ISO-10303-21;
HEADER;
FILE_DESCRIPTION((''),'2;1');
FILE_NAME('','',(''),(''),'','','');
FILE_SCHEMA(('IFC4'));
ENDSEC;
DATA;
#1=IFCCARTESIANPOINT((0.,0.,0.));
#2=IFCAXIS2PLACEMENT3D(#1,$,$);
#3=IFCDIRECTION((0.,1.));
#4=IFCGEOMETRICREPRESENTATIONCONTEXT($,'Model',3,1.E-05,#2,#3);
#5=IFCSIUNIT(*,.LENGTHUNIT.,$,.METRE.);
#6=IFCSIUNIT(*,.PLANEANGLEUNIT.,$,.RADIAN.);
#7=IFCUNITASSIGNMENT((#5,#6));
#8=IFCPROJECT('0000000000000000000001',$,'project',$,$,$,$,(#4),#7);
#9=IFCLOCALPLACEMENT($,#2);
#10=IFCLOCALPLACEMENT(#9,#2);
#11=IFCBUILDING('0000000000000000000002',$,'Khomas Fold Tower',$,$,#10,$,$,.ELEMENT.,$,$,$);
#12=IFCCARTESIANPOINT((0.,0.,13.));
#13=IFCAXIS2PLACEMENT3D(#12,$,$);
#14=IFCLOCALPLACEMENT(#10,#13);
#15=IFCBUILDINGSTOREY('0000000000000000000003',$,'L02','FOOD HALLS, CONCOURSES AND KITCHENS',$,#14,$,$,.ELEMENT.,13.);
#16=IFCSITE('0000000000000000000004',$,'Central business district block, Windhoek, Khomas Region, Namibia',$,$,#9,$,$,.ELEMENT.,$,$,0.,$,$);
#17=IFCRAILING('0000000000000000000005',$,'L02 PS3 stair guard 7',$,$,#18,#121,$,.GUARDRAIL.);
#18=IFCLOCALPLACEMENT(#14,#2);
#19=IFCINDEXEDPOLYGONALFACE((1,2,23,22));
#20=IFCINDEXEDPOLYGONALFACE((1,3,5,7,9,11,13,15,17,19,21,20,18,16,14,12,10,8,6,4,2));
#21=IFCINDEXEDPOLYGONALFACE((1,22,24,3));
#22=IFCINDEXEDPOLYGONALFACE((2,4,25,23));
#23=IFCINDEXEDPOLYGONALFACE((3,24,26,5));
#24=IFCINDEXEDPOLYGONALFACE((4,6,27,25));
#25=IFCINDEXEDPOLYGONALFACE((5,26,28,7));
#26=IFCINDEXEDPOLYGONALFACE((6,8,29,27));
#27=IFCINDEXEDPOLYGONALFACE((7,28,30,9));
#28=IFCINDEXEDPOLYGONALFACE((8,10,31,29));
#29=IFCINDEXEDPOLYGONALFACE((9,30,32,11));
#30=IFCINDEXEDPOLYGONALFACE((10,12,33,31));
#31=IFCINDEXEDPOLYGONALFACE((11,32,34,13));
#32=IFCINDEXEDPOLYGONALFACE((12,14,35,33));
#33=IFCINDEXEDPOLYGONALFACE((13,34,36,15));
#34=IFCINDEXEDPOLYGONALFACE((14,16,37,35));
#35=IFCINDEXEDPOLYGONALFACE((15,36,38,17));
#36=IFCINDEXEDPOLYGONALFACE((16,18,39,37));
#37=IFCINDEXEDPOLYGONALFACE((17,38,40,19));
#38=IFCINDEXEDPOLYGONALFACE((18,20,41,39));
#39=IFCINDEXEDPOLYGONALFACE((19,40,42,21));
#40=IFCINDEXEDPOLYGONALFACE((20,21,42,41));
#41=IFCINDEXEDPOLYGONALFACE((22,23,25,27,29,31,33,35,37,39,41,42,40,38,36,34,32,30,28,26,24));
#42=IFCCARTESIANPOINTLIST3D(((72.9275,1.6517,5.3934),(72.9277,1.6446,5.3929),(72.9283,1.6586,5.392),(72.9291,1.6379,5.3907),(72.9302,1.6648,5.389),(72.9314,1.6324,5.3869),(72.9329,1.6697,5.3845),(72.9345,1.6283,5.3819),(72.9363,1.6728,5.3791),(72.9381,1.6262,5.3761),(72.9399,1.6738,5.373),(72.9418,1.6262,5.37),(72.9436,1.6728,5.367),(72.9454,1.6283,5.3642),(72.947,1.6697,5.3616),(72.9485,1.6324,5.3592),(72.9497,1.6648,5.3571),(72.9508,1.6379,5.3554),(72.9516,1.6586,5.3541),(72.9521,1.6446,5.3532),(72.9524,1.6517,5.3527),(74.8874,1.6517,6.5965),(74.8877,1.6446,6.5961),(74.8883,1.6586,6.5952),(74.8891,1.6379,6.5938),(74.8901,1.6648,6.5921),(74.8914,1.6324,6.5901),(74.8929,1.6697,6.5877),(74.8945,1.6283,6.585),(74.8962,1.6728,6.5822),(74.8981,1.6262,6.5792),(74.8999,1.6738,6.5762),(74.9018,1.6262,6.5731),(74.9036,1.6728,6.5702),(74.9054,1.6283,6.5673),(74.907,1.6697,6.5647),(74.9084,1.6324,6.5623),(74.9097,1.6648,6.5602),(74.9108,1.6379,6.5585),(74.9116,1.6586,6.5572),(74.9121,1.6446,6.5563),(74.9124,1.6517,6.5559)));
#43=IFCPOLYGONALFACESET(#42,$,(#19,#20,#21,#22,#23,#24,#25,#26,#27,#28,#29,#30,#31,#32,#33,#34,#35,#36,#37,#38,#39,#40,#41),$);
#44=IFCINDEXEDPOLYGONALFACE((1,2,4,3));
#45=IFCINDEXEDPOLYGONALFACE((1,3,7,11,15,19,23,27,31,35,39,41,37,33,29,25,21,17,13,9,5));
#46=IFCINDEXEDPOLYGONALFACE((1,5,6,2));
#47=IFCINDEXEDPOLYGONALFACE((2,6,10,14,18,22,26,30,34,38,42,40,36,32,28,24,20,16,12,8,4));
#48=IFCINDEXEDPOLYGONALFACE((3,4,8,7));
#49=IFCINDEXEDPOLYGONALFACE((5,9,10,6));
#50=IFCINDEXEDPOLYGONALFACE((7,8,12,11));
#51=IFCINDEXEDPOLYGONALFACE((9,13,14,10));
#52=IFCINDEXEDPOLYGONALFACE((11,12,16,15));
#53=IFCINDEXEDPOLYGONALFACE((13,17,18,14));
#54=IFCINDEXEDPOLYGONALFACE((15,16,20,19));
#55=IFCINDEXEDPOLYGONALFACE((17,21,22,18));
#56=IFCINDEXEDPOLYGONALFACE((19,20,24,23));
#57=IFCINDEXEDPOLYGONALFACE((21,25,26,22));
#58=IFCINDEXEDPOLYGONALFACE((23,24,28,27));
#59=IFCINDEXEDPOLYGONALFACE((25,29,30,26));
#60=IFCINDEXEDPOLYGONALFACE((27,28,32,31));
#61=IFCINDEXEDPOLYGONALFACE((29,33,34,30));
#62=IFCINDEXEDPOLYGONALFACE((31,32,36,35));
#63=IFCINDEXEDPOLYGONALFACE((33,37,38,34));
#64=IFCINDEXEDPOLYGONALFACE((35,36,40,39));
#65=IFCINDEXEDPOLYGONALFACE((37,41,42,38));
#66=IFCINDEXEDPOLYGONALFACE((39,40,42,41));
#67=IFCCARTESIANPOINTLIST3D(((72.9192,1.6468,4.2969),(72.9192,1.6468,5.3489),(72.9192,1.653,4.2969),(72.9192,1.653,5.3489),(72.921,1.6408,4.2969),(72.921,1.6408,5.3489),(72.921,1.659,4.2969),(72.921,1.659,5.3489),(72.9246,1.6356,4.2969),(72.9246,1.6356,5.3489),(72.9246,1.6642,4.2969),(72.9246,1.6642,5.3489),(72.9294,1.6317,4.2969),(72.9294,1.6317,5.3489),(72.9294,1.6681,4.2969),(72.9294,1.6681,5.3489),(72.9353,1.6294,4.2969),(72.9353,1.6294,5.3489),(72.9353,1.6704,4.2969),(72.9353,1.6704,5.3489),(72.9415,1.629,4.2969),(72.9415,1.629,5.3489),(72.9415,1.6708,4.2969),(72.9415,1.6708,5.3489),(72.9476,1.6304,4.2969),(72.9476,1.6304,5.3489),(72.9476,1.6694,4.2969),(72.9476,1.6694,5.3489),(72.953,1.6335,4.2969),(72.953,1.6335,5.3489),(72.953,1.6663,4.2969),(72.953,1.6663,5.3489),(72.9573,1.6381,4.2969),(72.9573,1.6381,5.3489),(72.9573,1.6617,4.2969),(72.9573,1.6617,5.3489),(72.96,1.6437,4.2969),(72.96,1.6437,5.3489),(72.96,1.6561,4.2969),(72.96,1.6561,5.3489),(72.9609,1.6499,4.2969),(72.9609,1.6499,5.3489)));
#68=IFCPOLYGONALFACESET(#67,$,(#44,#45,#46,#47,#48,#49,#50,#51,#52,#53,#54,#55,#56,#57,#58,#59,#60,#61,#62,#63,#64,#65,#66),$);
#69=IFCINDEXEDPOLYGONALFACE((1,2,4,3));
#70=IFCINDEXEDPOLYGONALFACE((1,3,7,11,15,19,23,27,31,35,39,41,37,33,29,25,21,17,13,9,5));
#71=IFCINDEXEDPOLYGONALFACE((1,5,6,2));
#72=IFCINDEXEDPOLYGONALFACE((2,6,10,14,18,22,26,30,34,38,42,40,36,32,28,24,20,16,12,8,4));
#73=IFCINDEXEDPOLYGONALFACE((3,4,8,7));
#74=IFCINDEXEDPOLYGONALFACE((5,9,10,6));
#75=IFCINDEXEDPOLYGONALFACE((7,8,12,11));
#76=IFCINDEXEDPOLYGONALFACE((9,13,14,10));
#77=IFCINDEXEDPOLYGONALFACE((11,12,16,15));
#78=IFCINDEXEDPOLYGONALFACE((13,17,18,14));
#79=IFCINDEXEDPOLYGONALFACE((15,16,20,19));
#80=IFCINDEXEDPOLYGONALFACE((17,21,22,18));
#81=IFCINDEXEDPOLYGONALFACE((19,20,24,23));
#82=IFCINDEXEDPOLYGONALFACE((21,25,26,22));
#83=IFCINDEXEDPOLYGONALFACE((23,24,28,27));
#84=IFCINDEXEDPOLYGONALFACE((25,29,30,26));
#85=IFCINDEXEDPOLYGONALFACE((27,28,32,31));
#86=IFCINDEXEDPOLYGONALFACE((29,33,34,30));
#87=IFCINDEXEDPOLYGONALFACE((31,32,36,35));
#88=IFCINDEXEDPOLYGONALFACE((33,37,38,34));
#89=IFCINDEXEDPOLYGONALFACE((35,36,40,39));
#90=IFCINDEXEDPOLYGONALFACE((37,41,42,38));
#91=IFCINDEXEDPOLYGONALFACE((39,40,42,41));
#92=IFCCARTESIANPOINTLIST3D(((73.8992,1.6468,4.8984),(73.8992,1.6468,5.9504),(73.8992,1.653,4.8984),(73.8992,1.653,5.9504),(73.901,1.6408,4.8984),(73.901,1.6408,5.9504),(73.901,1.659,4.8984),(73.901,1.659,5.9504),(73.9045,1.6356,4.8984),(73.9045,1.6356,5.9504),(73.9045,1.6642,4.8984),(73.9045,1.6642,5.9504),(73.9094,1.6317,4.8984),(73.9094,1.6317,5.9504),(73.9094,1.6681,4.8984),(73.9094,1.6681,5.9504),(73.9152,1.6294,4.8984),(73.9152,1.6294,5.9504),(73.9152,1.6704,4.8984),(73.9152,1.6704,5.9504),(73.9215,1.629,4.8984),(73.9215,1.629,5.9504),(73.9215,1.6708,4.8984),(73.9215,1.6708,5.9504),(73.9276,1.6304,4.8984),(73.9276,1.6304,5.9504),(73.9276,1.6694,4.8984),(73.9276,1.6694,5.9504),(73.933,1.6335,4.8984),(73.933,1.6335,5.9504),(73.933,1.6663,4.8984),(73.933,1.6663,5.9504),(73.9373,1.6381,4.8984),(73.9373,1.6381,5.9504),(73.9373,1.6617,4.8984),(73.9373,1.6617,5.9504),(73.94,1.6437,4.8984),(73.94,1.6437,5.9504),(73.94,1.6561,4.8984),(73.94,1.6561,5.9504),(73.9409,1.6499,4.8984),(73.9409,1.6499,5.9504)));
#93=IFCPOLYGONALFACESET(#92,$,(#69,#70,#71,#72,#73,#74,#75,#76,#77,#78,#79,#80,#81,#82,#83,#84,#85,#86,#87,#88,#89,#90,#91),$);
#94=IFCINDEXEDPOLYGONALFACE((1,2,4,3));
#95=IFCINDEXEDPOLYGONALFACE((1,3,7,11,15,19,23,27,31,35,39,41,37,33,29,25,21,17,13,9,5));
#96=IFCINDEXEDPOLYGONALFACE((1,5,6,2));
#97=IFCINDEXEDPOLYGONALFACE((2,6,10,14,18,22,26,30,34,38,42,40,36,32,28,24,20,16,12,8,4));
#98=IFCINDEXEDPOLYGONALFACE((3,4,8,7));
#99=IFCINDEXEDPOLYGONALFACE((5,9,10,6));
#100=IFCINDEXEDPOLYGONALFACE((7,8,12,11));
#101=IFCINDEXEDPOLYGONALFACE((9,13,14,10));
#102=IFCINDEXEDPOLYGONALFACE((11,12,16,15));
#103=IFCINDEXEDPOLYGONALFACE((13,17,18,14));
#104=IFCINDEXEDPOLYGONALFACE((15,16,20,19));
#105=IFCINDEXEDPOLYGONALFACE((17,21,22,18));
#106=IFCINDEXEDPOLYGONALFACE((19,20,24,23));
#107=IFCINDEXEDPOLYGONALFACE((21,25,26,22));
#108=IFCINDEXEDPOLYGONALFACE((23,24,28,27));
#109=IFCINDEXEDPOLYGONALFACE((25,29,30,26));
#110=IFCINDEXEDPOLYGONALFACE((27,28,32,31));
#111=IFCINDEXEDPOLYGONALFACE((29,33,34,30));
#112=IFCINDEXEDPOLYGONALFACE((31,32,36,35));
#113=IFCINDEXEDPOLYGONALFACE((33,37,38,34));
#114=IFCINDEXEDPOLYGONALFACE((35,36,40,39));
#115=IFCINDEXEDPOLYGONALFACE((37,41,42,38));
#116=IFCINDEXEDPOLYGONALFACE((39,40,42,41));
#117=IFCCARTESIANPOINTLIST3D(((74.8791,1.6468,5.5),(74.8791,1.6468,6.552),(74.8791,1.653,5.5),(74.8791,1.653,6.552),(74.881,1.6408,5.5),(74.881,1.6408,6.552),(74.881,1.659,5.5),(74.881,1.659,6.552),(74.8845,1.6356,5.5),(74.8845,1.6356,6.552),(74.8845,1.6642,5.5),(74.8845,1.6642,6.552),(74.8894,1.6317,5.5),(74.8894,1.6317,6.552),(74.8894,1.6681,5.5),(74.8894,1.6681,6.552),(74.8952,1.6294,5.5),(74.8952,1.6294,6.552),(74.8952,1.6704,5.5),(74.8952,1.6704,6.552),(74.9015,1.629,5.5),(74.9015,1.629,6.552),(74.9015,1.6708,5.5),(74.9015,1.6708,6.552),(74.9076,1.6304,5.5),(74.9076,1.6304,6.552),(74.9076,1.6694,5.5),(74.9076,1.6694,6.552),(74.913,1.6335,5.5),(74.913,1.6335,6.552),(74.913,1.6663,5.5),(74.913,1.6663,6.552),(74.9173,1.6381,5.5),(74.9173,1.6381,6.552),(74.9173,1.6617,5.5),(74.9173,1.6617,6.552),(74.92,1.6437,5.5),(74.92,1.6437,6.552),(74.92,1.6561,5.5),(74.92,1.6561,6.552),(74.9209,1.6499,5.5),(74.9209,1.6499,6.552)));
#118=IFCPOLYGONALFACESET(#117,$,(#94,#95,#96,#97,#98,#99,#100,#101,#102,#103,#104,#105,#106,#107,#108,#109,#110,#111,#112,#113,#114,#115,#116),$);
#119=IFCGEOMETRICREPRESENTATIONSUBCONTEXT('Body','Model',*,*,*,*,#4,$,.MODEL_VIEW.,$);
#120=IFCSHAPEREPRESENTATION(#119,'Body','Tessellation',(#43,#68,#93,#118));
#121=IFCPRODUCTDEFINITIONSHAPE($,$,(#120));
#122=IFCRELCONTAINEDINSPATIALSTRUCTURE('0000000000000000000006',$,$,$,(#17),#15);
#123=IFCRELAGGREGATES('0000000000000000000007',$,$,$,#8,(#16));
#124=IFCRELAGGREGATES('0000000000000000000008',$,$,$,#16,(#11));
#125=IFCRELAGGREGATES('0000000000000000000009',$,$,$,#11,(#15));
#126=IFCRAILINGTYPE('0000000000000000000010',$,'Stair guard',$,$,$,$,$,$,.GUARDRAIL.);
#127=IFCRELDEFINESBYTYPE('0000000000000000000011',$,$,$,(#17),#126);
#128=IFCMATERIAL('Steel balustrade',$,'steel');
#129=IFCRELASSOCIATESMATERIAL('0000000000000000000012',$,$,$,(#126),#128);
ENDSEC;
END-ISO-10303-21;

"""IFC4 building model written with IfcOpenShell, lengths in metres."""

from ifc_helpers import new_model, si_unit, direction, frame, origin, origin_2d, place, context, subcontext, project, spatial, circle, extrude, source, transform, mapped, material, type_object, element, save


model = new_model("IFC4")

# Units and contexts
model_context = context("Model", 3, precision=1e-05, world=origin(), true_north=direction((0.0, 1.0)))
body_context = subcontext(model_context, "Body", "Model", "MODEL_VIEW")
ifc_project = project(units=[si_unit("LENGTHUNIT", "METRE"), si_unit("PLANEANGLEUNIT", "RADIAN")], contexts=[model_context])

# Site, building, storey
site_placement = place(None, origin())
site = spatial("IfcSite", under=ifc_project, at=site_placement, Name="Central business district block, Windhoek, Khomas Region, Namibia", CompositionType="ELEMENT", RefElevation=0.0)
building_placement = place(site_placement, origin())
building = spatial("IfcBuilding", under=site, at=building_placement, Name="Khomas Fold Tower", CompositionType="ELEMENT")
storey_placement = place(building_placement, frame((0.0, 0.0, 13.0)))
storey = spatial("IfcBuildingStorey", under=building, at=storey_placement, Name="L02", Description="FOOD HALLS, CONCOURSES AND KITCHENS", CompositionType="ELEMENT", Elevation=13.0)

# Railing
ifc_material_1 = material(Name="Steel balustrade", Category="steel")
railing_type_1 = type_object("IfcRailingType", Name="Stair guard", PredefinedType="GUARDRAIL", material=ifc_material_1)
shared_shape_1 = source(origin(), body_context, "Body", "SweptSolid", [
    extrude(circle(Radius=0.0239, at=origin_2d()), frame((0.0, 0.0, 1.0762), z_axis=(0.852241, 0.0, 0.523149), x_axis=(0.0, 1.0, 0.0)), (0.0, 0.0, 1.0), 2.2998),
    extrude(circle(Radius=0.021, at=origin_2d()), origin(), (0.0, 0.0, 1.0), 1.052),
    extrude(circle(Radius=0.021, at=origin_2d()), frame((0.98, 0.0, 0.6016)), (0.0, 0.0, 1.0), 1.052),
    extrude(circle(Radius=0.021, at=origin_2d()), frame((1.96, 0.0, 1.2031)), (0.0, 0.0, 1.0), 1.052),
])
for number, where, name in (
    (1, (72.9399, 1.6499, 4.2969), "L02 PS3 stair guard 7"),
):
    element("IfcRailing", number, at=place(storey_placement, frame(where)), inside=storey, type_object=railing_type_1, Name=name, PredefinedType="GUARDRAIL", context=body_context, shape_type="MappedRepresentation", body=[
        mapped(shared_shape_1, transform((0.0, 0.0, 0.0))),
    ])

save(model, "model.ifc")
